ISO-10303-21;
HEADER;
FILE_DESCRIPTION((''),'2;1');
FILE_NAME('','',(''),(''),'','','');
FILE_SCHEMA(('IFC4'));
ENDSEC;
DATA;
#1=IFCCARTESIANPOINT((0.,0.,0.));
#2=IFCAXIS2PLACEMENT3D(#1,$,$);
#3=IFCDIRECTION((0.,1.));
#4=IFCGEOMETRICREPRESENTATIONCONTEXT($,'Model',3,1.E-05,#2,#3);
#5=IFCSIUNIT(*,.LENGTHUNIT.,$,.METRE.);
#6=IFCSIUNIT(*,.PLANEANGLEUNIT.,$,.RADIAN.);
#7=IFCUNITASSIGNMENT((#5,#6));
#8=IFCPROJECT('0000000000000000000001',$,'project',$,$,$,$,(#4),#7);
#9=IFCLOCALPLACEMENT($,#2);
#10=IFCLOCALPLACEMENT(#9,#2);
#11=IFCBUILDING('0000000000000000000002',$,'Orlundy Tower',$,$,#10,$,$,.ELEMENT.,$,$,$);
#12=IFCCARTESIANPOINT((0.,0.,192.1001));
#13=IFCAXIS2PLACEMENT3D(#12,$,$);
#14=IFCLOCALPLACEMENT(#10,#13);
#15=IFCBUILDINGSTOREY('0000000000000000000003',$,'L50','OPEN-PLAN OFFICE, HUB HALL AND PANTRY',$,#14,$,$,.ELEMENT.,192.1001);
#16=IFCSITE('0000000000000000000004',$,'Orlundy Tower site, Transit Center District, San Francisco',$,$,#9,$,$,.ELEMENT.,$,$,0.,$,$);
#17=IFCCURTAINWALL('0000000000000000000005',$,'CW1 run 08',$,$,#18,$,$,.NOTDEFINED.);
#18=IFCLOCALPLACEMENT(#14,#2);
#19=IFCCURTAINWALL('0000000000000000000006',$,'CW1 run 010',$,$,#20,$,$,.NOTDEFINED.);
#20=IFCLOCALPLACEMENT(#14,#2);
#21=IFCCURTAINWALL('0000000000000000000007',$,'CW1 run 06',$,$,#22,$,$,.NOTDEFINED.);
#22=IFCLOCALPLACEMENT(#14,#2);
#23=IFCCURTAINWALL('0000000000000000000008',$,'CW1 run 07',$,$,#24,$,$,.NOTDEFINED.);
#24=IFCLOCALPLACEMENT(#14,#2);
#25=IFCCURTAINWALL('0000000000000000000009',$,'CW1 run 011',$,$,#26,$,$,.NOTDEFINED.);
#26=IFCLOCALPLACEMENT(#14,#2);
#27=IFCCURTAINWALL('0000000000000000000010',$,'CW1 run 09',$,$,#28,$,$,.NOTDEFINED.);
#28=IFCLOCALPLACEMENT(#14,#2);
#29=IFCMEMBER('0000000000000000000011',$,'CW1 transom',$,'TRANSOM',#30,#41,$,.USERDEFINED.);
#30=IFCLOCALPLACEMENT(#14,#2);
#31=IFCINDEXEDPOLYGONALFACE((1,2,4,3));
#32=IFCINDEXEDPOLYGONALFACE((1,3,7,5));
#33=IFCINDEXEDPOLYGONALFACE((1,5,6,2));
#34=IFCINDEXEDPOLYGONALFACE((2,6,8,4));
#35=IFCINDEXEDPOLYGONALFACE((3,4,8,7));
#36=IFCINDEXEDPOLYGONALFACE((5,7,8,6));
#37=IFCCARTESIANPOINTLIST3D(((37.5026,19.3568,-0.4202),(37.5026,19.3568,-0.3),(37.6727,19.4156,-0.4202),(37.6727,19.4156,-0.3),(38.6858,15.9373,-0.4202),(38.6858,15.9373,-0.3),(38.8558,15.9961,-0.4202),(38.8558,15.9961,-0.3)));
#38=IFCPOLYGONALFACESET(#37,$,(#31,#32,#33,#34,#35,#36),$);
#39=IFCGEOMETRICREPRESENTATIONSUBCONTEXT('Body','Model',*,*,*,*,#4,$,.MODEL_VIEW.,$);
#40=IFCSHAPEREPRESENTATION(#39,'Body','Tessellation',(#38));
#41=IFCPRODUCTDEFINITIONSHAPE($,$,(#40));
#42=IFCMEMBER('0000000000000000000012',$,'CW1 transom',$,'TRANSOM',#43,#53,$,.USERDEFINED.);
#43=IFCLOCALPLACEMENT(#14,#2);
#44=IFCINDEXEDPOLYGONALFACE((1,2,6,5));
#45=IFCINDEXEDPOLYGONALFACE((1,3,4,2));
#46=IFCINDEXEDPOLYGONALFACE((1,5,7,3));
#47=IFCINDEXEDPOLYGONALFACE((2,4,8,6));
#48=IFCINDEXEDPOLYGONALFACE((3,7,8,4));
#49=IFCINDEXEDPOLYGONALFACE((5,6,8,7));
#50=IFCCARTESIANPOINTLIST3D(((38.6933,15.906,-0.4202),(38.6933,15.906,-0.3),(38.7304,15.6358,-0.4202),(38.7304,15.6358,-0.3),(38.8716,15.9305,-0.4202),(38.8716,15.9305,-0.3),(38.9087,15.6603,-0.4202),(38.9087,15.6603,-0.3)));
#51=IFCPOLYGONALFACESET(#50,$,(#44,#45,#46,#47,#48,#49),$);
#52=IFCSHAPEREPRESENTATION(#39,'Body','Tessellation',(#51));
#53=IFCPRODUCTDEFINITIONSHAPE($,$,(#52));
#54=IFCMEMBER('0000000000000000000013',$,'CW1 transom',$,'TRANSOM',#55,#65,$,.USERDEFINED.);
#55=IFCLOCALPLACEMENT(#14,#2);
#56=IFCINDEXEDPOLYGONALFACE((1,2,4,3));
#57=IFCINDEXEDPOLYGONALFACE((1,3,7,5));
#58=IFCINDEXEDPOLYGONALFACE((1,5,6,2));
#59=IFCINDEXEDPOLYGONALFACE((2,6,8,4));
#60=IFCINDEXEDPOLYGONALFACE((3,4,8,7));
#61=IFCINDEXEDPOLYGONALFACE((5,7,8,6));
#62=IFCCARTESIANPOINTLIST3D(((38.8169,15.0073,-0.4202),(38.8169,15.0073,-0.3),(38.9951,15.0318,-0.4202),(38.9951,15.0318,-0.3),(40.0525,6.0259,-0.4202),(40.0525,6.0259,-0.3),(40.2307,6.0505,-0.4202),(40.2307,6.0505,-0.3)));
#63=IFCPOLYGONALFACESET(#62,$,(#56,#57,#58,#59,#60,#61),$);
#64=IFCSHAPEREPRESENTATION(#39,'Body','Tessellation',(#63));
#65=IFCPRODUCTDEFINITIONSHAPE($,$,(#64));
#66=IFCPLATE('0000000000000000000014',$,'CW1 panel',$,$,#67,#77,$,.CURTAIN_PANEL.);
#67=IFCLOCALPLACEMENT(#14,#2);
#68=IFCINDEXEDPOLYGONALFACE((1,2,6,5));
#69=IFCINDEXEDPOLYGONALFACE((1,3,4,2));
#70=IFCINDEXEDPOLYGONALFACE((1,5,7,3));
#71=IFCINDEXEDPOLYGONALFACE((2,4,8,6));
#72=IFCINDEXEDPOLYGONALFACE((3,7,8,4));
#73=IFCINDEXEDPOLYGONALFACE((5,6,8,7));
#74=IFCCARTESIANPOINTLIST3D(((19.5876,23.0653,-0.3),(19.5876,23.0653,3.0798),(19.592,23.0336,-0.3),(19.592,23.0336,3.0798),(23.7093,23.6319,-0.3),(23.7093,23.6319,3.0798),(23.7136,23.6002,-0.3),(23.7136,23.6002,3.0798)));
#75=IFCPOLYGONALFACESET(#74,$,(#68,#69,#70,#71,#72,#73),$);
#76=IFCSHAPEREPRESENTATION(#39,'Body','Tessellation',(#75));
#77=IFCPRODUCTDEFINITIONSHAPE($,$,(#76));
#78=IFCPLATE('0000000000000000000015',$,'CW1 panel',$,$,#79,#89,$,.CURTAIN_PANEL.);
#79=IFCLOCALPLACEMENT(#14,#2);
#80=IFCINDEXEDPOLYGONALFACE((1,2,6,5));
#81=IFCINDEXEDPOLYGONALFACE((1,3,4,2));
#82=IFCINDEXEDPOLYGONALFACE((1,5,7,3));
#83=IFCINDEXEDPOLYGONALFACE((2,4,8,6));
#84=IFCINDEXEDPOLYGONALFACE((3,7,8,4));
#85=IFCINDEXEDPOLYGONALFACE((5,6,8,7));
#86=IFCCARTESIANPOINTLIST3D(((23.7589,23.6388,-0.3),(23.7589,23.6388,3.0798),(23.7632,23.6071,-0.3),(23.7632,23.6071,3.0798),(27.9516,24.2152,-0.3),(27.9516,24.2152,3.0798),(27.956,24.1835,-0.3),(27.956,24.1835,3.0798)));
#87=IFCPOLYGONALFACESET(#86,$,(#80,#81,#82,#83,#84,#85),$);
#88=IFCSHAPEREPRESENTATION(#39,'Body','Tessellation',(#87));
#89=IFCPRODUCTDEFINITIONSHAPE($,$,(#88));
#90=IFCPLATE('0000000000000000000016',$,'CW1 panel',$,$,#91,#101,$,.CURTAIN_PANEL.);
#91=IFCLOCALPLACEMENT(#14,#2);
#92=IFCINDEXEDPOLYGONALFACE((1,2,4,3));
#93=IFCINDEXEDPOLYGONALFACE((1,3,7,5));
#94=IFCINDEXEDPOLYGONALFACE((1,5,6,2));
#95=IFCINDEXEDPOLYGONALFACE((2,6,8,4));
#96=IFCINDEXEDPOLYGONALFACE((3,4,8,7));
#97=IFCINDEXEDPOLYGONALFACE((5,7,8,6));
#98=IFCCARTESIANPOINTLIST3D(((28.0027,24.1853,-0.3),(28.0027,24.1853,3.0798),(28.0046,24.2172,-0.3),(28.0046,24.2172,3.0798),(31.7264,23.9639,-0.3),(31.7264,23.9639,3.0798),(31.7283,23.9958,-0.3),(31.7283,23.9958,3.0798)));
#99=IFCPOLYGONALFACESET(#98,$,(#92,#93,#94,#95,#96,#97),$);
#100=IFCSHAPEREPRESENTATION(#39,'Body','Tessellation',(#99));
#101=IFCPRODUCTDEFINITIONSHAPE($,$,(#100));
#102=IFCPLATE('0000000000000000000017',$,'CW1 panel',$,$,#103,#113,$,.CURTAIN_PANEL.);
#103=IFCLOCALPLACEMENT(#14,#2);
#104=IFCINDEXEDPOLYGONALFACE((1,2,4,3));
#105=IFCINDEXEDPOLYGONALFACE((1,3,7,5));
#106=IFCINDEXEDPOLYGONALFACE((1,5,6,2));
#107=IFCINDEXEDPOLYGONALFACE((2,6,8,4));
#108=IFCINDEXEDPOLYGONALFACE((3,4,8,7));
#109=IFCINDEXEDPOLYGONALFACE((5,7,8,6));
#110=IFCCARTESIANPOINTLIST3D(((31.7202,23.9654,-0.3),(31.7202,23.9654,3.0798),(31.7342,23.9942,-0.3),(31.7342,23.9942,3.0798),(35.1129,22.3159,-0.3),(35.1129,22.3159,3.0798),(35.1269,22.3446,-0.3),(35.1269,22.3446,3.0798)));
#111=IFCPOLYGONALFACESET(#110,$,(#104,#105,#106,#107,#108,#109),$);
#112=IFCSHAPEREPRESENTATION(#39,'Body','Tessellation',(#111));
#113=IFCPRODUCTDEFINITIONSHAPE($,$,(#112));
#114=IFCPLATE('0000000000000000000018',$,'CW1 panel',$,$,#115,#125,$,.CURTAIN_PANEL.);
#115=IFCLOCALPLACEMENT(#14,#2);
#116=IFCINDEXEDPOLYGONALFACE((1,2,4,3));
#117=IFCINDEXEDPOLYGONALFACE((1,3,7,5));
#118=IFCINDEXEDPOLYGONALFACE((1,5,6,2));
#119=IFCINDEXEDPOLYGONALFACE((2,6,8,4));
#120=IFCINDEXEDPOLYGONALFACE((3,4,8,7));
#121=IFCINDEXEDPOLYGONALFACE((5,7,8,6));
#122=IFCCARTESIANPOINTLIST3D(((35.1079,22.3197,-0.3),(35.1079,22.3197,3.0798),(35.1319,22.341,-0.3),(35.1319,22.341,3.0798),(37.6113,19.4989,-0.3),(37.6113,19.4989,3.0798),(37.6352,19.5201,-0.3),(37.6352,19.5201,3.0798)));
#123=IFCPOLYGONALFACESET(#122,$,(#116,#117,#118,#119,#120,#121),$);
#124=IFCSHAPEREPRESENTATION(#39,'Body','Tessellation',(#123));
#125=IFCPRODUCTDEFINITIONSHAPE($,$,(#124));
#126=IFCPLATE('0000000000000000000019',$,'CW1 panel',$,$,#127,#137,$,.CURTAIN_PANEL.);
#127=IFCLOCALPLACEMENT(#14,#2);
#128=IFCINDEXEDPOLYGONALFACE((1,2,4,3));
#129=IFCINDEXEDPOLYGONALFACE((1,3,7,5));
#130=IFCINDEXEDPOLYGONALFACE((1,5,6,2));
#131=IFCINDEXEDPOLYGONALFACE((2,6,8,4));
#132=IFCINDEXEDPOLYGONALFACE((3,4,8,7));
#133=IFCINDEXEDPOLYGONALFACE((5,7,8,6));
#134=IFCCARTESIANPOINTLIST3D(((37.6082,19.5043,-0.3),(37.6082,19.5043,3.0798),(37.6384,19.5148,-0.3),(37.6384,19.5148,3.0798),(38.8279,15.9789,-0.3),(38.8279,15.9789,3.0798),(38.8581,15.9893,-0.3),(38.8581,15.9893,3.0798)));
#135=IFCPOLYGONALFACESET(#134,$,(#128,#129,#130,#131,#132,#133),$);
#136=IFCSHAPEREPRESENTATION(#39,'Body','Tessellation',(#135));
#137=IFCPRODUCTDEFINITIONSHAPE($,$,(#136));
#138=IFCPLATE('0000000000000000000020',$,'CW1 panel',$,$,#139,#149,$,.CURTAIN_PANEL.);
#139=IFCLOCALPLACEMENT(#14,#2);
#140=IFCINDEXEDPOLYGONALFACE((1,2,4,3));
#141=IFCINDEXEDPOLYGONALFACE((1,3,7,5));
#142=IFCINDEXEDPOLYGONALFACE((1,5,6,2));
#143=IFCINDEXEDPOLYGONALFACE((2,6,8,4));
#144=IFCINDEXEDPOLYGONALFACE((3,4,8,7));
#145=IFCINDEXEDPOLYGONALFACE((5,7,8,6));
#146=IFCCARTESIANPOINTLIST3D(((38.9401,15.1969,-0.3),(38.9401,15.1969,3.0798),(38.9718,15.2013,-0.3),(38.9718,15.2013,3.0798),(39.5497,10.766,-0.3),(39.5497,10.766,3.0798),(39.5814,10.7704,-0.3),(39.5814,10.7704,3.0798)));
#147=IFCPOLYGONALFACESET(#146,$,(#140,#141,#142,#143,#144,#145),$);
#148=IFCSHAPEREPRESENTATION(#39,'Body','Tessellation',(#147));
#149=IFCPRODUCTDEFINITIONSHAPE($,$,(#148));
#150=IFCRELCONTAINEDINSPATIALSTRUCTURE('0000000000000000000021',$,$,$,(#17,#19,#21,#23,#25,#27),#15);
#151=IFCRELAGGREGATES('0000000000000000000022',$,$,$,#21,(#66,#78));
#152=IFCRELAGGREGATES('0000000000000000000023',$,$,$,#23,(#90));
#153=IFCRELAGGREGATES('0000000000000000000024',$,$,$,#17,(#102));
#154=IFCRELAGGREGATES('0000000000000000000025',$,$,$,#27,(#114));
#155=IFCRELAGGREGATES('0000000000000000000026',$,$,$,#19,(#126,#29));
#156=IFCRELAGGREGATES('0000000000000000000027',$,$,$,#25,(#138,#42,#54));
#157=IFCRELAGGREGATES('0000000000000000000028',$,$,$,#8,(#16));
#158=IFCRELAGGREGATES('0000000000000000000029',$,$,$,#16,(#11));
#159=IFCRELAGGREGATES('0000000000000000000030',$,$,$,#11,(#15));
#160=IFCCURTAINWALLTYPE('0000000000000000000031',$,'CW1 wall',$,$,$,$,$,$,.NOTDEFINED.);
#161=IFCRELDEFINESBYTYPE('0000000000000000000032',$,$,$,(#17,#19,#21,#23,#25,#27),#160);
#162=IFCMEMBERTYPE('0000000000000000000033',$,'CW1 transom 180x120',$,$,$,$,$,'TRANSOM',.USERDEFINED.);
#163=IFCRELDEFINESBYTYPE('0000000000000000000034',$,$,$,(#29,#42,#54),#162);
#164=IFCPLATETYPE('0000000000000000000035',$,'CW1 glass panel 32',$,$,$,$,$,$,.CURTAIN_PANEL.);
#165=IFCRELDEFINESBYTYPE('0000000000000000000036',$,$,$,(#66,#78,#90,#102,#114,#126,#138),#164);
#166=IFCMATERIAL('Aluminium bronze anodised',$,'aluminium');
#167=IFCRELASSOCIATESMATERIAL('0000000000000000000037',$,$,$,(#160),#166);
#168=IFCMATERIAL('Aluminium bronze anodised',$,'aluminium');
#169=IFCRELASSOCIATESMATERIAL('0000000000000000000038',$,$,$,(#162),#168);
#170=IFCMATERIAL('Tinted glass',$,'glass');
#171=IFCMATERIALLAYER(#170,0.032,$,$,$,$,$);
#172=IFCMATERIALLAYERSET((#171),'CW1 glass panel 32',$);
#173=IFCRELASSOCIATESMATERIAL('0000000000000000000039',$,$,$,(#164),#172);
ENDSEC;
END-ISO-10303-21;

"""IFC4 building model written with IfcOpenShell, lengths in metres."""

from ifc_helpers import new_model, si_unit, direction, frame, origin, origin_2d, place, context, subcontext, project, spatial, rectangle, extrude, material, layer, layer_set, material_profile, profile_set, type_object, element, aggregate, save


model = new_model("IFC4")

# Units and contexts
model_context = context("Model", 3, precision=1e-05, world=origin(), true_north=direction((0.0, 1.0)))
body_context = subcontext(model_context, "Body", "Model", "MODEL_VIEW")
ifc_project = project(units=[si_unit("LENGTHUNIT", "METRE"), si_unit("PLANEANGLEUNIT", "RADIAN")], contexts=[model_context])

# Site, building, storey
site_placement = place(None, origin())
site = spatial("IfcSite", under=ifc_project, at=site_placement, Name="Orlundy Tower site, Transit Center District, San Francisco", CompositionType="ELEMENT", RefElevation=0.0)
building_placement = place(site_placement, origin())
building = spatial("IfcBuilding", under=site, at=building_placement, Name="Orlundy Tower", CompositionType="ELEMENT")
storey_placement = place(building_placement, frame((0.0, 0.0, 192.1001)))
storey = spatial("IfcBuildingStorey", under=building, at=storey_placement, Name="L50", Description="OPEN-PLAN OFFICE, HUB HALL AND PANTRY", CompositionType="ELEMENT", Elevation=192.1001)

# Curtain walls
ifc_material_1 = material(Name="Aluminium bronze anodised", Category="aluminium")
curtain_wall_type = type_object("IfcCurtainWallType", Name="CW1 wall", PredefinedType="NOTDEFINED", material=ifc_material_1)
curtain_wall_1_placement = place(storey_placement, origin())
curtain_wall_1 = element("IfcCurtainWall", 1, at=curtain_wall_1_placement, inside=storey, type_object=curtain_wall_type, Name="CW1 run 08", PredefinedType="NOTDEFINED")
curtain_wall_2_placement = place(storey_placement, origin())
curtain_wall_2 = element("IfcCurtainWall", 2, at=curtain_wall_2_placement, inside=storey, type_object=curtain_wall_type, Name="CW1 run 010", PredefinedType="NOTDEFINED")
curtain_wall_3_placement = place(storey_placement, origin())
curtain_wall_3 = element("IfcCurtainWall", 3, at=curtain_wall_3_placement, inside=storey, type_object=curtain_wall_type, Name="CW1 run 06", PredefinedType="NOTDEFINED")
curtain_wall_4_placement = place(storey_placement, origin())
curtain_wall_4 = element("IfcCurtainWall", 4, at=curtain_wall_4_placement, inside=storey, type_object=curtain_wall_type, Name="CW1 run 07", PredefinedType="NOTDEFINED")

# Curtain wall
curtain_wall_5_placement = place(storey_placement, origin())
curtain_wall_5 = element("IfcCurtainWall", 5, at=curtain_wall_5_placement, inside=storey, type_object=curtain_wall_type, Name="CW1 run 011", PredefinedType="NOTDEFINED")

# Shared definitions
ifc_material_2 = material(Name="Aluminium bronze anodised", Category="aluminium")
ifc_material_profile_1 = material_profile(ifc_material_2, rectangle(XDim=0.1799, YDim=0.1201, at=origin_2d()), Name="CW1 transom 180x120")
ifc_profile_set_1 = profile_set([ifc_material_profile_1], Name="Aluminium bronze anodised")
member_type_1 = type_object("IfcMemberType", Name="CW1 transom 180x120", ElementType="TRANSOM", PredefinedType="USERDEFINED", material=ifc_profile_set_1)

# Curtain wall
curtain_wall_6_placement = place(storey_placement, origin())
curtain_wall_6 = element("IfcCurtainWall", 6, at=curtain_wall_6_placement, inside=storey, type_object=curtain_wall_type, Name="CW1 run 09", PredefinedType="NOTDEFINED")

# Members
member_1_placement = place(storey_placement, frame((37.5876, 19.3862, -0.3601), z_axis=(0.326976, -0.945033, 0.0), x_axis=(0.945033, 0.326976, 0.0)))
member_1 = element("IfcMember", 7, at=member_1_placement, type_object=member_type_1, Name="CW1 transom", ObjectType="TRANSOM", PredefinedType="USERDEFINED", context=body_context, shape_type="SweptSolid", body=[
    extrude(rectangle(XDim=0.1799, YDim=0.1201, at=origin_2d()), origin(), (0.0, 0.0, 1.0), 3.6184),
])
member_2_placement = place(storey_placement, frame((38.7825, 15.9182, -0.3601), z_axis=(0.136032, -0.990704, 0.0), x_axis=(0.990704, 0.136032, 0.0)))
member_2 = element("IfcMember", 8, at=member_2_placement, type_object=member_type_1, Name="CW1 transom", ObjectType="TRANSOM", PredefinedType="USERDEFINED", context=body_context, shape_type="SweptSolid", body=[
    extrude(rectangle(XDim=0.1799, YDim=0.1201, at=origin_2d()), origin(), (0.0, 0.0, 1.0), 0.2727),
])
member_3_placement = place(storey_placement, frame((38.906, 15.0195, -0.3601), z_axis=(0.136288, -0.990669, 0.0), x_axis=(0.990669, 0.136288, 0.0)))
member_3 = element("IfcMember", 9, at=member_3_placement, type_object=member_type_1, Name="CW1 transom", ObjectType="TRANSOM", PredefinedType="USERDEFINED", context=body_context, shape_type="SweptSolid", body=[
    extrude(rectangle(XDim=0.1799, YDim=0.1201, at=origin_2d()), origin(), (0.0, 0.0, 1.0), 9.0659),
])

# Plates
ifc_material_3 = material(Name="Tinted glass", Category="glass")
ifc_layer = layer(ifc_material_3, 0.032)
ifc_layer_set = layer_set([ifc_layer], Name="CW1 glass panel 32")
plate_type = type_object("IfcPlateType", Name="CW1 glass panel 32", PredefinedType="CURTAIN_PANEL", material=ifc_layer_set)
plate_1_placement = place(storey_placement, frame((21.6506, 23.3328, -0.3), z_axis=(0.0, 0.0, 1.0), x_axis=(0.990683, 0.136185, 0.0)))
plate_1 = element("IfcPlate", 10, at=plate_1_placement, type_object=plate_type, Name="CW1 panel", PredefinedType="CURTAIN_PANEL", context=body_context, shape_type="SweptSolid", body=[
    extrude(rectangle(XDim=4.1604, YDim=0.032, at=origin_2d()), origin(), (0.0, 0.0, 1.0), 3.3799),
])
plate_2_placement = place(storey_placement, frame((25.8574, 23.9111, -0.3), z_axis=(0.0, 0.0, 1.0), x_axis=(0.990683, 0.136185, 0.0)))
plate_2 = element("IfcPlate", 11, at=plate_2_placement, type_object=plate_type, Name="CW1 panel", PredefinedType="CURTAIN_PANEL", context=body_context, shape_type="SweptSolid", body=[
    extrude(rectangle(XDim=4.2322, YDim=0.032, at=origin_2d()), origin(), (0.0, 0.0, 1.0), 3.3799),
])
aggregate(curtain_wall_3, [plate_1, plate_2])
plate_3_placement = place(storey_placement, frame((29.8655, 24.0906, -0.3), z_axis=(0.0, 0.0, 1.0), x_axis=(0.998237, -0.059355, 0.0)))
plate_3 = element("IfcPlate", 12, at=plate_3_placement, type_object=plate_type, Name="CW1 panel", PredefinedType="CURTAIN_PANEL", context=body_context, shape_type="SweptSolid", body=[
    extrude(rectangle(XDim=3.7302, YDim=0.032, at=origin_2d()), origin(), (0.0, 0.0, 1.0), 3.3799),
])
aggregate(curtain_wall_4, [plate_3])
plate_4_placement = place(storey_placement, frame((33.4236, 23.155, -0.3), z_axis=(0.0, 0.0, 1.0), x_axis=(0.899335, -0.437259, 0.0)))
plate_4 = element("IfcPlate", 13, at=plate_4_placement, type_object=plate_type, Name="CW1 panel", PredefinedType="CURTAIN_PANEL", context=body_context, shape_type="SweptSolid", body=[
    extrude(rectangle(XDim=3.7725, YDim=0.032, at=origin_2d()), origin(), (0.0, 0.0, 1.0), 3.3799),
])
aggregate(curtain_wall_1, [plate_4])
plate_5_placement = place(storey_placement, frame((36.3716, 20.9199, -0.3), z_axis=(0.0, 0.0, 1.0), x_axis=(0.663761, -0.747945, 0.0)))
plate_5 = element("IfcPlate", 14, at=plate_5_placement, type_object=plate_type, Name="CW1 panel", PredefinedType="CURTAIN_PANEL", context=body_context, shape_type="SweptSolid", body=[
    extrude(rectangle(XDim=3.7715, YDim=0.032, at=origin_2d()), origin(), (0.0, 0.0, 1.0), 3.3799),
])
aggregate(curtain_wall_6, [plate_5])
plate_6_placement = place(storey_placement, frame((38.2332, 17.7468, -0.3), z_axis=(0.0, 0.0, 1.0), x_axis=(0.326972, -0.945034, 0.0)))
plate_6 = element("IfcPlate", 15, at=plate_6_placement, type_object=plate_type, Name="CW1 panel", PredefinedType="CURTAIN_PANEL", context=body_context, shape_type="SweptSolid", body=[
    extrude(rectangle(XDim=3.7305, YDim=0.032, at=origin_2d()), origin(), (0.0, 0.0, 1.0), 3.3799),
])
aggregate(curtain_wall_2, [plate_6, member_1])
plate_7_placement = place(storey_placement, frame((39.2607, 12.9836, -0.3), z_axis=(0.0, 0.0, 1.0), x_axis=(0.136286, -0.99067, 0.0)))
plate_7 = element("IfcPlate", 16, at=plate_7_placement, type_object=plate_type, Name="CW1 panel", PredefinedType="CURTAIN_PANEL", context=body_context, shape_type="SweptSolid", body=[
    extrude(rectangle(XDim=4.4727, YDim=0.032, at=origin_2d()), origin(), (0.0, 0.0, 1.0), 3.3799),
])
aggregate(curtain_wall_5, [plate_7, member_2, member_3])

save(model, "model.ifc")
